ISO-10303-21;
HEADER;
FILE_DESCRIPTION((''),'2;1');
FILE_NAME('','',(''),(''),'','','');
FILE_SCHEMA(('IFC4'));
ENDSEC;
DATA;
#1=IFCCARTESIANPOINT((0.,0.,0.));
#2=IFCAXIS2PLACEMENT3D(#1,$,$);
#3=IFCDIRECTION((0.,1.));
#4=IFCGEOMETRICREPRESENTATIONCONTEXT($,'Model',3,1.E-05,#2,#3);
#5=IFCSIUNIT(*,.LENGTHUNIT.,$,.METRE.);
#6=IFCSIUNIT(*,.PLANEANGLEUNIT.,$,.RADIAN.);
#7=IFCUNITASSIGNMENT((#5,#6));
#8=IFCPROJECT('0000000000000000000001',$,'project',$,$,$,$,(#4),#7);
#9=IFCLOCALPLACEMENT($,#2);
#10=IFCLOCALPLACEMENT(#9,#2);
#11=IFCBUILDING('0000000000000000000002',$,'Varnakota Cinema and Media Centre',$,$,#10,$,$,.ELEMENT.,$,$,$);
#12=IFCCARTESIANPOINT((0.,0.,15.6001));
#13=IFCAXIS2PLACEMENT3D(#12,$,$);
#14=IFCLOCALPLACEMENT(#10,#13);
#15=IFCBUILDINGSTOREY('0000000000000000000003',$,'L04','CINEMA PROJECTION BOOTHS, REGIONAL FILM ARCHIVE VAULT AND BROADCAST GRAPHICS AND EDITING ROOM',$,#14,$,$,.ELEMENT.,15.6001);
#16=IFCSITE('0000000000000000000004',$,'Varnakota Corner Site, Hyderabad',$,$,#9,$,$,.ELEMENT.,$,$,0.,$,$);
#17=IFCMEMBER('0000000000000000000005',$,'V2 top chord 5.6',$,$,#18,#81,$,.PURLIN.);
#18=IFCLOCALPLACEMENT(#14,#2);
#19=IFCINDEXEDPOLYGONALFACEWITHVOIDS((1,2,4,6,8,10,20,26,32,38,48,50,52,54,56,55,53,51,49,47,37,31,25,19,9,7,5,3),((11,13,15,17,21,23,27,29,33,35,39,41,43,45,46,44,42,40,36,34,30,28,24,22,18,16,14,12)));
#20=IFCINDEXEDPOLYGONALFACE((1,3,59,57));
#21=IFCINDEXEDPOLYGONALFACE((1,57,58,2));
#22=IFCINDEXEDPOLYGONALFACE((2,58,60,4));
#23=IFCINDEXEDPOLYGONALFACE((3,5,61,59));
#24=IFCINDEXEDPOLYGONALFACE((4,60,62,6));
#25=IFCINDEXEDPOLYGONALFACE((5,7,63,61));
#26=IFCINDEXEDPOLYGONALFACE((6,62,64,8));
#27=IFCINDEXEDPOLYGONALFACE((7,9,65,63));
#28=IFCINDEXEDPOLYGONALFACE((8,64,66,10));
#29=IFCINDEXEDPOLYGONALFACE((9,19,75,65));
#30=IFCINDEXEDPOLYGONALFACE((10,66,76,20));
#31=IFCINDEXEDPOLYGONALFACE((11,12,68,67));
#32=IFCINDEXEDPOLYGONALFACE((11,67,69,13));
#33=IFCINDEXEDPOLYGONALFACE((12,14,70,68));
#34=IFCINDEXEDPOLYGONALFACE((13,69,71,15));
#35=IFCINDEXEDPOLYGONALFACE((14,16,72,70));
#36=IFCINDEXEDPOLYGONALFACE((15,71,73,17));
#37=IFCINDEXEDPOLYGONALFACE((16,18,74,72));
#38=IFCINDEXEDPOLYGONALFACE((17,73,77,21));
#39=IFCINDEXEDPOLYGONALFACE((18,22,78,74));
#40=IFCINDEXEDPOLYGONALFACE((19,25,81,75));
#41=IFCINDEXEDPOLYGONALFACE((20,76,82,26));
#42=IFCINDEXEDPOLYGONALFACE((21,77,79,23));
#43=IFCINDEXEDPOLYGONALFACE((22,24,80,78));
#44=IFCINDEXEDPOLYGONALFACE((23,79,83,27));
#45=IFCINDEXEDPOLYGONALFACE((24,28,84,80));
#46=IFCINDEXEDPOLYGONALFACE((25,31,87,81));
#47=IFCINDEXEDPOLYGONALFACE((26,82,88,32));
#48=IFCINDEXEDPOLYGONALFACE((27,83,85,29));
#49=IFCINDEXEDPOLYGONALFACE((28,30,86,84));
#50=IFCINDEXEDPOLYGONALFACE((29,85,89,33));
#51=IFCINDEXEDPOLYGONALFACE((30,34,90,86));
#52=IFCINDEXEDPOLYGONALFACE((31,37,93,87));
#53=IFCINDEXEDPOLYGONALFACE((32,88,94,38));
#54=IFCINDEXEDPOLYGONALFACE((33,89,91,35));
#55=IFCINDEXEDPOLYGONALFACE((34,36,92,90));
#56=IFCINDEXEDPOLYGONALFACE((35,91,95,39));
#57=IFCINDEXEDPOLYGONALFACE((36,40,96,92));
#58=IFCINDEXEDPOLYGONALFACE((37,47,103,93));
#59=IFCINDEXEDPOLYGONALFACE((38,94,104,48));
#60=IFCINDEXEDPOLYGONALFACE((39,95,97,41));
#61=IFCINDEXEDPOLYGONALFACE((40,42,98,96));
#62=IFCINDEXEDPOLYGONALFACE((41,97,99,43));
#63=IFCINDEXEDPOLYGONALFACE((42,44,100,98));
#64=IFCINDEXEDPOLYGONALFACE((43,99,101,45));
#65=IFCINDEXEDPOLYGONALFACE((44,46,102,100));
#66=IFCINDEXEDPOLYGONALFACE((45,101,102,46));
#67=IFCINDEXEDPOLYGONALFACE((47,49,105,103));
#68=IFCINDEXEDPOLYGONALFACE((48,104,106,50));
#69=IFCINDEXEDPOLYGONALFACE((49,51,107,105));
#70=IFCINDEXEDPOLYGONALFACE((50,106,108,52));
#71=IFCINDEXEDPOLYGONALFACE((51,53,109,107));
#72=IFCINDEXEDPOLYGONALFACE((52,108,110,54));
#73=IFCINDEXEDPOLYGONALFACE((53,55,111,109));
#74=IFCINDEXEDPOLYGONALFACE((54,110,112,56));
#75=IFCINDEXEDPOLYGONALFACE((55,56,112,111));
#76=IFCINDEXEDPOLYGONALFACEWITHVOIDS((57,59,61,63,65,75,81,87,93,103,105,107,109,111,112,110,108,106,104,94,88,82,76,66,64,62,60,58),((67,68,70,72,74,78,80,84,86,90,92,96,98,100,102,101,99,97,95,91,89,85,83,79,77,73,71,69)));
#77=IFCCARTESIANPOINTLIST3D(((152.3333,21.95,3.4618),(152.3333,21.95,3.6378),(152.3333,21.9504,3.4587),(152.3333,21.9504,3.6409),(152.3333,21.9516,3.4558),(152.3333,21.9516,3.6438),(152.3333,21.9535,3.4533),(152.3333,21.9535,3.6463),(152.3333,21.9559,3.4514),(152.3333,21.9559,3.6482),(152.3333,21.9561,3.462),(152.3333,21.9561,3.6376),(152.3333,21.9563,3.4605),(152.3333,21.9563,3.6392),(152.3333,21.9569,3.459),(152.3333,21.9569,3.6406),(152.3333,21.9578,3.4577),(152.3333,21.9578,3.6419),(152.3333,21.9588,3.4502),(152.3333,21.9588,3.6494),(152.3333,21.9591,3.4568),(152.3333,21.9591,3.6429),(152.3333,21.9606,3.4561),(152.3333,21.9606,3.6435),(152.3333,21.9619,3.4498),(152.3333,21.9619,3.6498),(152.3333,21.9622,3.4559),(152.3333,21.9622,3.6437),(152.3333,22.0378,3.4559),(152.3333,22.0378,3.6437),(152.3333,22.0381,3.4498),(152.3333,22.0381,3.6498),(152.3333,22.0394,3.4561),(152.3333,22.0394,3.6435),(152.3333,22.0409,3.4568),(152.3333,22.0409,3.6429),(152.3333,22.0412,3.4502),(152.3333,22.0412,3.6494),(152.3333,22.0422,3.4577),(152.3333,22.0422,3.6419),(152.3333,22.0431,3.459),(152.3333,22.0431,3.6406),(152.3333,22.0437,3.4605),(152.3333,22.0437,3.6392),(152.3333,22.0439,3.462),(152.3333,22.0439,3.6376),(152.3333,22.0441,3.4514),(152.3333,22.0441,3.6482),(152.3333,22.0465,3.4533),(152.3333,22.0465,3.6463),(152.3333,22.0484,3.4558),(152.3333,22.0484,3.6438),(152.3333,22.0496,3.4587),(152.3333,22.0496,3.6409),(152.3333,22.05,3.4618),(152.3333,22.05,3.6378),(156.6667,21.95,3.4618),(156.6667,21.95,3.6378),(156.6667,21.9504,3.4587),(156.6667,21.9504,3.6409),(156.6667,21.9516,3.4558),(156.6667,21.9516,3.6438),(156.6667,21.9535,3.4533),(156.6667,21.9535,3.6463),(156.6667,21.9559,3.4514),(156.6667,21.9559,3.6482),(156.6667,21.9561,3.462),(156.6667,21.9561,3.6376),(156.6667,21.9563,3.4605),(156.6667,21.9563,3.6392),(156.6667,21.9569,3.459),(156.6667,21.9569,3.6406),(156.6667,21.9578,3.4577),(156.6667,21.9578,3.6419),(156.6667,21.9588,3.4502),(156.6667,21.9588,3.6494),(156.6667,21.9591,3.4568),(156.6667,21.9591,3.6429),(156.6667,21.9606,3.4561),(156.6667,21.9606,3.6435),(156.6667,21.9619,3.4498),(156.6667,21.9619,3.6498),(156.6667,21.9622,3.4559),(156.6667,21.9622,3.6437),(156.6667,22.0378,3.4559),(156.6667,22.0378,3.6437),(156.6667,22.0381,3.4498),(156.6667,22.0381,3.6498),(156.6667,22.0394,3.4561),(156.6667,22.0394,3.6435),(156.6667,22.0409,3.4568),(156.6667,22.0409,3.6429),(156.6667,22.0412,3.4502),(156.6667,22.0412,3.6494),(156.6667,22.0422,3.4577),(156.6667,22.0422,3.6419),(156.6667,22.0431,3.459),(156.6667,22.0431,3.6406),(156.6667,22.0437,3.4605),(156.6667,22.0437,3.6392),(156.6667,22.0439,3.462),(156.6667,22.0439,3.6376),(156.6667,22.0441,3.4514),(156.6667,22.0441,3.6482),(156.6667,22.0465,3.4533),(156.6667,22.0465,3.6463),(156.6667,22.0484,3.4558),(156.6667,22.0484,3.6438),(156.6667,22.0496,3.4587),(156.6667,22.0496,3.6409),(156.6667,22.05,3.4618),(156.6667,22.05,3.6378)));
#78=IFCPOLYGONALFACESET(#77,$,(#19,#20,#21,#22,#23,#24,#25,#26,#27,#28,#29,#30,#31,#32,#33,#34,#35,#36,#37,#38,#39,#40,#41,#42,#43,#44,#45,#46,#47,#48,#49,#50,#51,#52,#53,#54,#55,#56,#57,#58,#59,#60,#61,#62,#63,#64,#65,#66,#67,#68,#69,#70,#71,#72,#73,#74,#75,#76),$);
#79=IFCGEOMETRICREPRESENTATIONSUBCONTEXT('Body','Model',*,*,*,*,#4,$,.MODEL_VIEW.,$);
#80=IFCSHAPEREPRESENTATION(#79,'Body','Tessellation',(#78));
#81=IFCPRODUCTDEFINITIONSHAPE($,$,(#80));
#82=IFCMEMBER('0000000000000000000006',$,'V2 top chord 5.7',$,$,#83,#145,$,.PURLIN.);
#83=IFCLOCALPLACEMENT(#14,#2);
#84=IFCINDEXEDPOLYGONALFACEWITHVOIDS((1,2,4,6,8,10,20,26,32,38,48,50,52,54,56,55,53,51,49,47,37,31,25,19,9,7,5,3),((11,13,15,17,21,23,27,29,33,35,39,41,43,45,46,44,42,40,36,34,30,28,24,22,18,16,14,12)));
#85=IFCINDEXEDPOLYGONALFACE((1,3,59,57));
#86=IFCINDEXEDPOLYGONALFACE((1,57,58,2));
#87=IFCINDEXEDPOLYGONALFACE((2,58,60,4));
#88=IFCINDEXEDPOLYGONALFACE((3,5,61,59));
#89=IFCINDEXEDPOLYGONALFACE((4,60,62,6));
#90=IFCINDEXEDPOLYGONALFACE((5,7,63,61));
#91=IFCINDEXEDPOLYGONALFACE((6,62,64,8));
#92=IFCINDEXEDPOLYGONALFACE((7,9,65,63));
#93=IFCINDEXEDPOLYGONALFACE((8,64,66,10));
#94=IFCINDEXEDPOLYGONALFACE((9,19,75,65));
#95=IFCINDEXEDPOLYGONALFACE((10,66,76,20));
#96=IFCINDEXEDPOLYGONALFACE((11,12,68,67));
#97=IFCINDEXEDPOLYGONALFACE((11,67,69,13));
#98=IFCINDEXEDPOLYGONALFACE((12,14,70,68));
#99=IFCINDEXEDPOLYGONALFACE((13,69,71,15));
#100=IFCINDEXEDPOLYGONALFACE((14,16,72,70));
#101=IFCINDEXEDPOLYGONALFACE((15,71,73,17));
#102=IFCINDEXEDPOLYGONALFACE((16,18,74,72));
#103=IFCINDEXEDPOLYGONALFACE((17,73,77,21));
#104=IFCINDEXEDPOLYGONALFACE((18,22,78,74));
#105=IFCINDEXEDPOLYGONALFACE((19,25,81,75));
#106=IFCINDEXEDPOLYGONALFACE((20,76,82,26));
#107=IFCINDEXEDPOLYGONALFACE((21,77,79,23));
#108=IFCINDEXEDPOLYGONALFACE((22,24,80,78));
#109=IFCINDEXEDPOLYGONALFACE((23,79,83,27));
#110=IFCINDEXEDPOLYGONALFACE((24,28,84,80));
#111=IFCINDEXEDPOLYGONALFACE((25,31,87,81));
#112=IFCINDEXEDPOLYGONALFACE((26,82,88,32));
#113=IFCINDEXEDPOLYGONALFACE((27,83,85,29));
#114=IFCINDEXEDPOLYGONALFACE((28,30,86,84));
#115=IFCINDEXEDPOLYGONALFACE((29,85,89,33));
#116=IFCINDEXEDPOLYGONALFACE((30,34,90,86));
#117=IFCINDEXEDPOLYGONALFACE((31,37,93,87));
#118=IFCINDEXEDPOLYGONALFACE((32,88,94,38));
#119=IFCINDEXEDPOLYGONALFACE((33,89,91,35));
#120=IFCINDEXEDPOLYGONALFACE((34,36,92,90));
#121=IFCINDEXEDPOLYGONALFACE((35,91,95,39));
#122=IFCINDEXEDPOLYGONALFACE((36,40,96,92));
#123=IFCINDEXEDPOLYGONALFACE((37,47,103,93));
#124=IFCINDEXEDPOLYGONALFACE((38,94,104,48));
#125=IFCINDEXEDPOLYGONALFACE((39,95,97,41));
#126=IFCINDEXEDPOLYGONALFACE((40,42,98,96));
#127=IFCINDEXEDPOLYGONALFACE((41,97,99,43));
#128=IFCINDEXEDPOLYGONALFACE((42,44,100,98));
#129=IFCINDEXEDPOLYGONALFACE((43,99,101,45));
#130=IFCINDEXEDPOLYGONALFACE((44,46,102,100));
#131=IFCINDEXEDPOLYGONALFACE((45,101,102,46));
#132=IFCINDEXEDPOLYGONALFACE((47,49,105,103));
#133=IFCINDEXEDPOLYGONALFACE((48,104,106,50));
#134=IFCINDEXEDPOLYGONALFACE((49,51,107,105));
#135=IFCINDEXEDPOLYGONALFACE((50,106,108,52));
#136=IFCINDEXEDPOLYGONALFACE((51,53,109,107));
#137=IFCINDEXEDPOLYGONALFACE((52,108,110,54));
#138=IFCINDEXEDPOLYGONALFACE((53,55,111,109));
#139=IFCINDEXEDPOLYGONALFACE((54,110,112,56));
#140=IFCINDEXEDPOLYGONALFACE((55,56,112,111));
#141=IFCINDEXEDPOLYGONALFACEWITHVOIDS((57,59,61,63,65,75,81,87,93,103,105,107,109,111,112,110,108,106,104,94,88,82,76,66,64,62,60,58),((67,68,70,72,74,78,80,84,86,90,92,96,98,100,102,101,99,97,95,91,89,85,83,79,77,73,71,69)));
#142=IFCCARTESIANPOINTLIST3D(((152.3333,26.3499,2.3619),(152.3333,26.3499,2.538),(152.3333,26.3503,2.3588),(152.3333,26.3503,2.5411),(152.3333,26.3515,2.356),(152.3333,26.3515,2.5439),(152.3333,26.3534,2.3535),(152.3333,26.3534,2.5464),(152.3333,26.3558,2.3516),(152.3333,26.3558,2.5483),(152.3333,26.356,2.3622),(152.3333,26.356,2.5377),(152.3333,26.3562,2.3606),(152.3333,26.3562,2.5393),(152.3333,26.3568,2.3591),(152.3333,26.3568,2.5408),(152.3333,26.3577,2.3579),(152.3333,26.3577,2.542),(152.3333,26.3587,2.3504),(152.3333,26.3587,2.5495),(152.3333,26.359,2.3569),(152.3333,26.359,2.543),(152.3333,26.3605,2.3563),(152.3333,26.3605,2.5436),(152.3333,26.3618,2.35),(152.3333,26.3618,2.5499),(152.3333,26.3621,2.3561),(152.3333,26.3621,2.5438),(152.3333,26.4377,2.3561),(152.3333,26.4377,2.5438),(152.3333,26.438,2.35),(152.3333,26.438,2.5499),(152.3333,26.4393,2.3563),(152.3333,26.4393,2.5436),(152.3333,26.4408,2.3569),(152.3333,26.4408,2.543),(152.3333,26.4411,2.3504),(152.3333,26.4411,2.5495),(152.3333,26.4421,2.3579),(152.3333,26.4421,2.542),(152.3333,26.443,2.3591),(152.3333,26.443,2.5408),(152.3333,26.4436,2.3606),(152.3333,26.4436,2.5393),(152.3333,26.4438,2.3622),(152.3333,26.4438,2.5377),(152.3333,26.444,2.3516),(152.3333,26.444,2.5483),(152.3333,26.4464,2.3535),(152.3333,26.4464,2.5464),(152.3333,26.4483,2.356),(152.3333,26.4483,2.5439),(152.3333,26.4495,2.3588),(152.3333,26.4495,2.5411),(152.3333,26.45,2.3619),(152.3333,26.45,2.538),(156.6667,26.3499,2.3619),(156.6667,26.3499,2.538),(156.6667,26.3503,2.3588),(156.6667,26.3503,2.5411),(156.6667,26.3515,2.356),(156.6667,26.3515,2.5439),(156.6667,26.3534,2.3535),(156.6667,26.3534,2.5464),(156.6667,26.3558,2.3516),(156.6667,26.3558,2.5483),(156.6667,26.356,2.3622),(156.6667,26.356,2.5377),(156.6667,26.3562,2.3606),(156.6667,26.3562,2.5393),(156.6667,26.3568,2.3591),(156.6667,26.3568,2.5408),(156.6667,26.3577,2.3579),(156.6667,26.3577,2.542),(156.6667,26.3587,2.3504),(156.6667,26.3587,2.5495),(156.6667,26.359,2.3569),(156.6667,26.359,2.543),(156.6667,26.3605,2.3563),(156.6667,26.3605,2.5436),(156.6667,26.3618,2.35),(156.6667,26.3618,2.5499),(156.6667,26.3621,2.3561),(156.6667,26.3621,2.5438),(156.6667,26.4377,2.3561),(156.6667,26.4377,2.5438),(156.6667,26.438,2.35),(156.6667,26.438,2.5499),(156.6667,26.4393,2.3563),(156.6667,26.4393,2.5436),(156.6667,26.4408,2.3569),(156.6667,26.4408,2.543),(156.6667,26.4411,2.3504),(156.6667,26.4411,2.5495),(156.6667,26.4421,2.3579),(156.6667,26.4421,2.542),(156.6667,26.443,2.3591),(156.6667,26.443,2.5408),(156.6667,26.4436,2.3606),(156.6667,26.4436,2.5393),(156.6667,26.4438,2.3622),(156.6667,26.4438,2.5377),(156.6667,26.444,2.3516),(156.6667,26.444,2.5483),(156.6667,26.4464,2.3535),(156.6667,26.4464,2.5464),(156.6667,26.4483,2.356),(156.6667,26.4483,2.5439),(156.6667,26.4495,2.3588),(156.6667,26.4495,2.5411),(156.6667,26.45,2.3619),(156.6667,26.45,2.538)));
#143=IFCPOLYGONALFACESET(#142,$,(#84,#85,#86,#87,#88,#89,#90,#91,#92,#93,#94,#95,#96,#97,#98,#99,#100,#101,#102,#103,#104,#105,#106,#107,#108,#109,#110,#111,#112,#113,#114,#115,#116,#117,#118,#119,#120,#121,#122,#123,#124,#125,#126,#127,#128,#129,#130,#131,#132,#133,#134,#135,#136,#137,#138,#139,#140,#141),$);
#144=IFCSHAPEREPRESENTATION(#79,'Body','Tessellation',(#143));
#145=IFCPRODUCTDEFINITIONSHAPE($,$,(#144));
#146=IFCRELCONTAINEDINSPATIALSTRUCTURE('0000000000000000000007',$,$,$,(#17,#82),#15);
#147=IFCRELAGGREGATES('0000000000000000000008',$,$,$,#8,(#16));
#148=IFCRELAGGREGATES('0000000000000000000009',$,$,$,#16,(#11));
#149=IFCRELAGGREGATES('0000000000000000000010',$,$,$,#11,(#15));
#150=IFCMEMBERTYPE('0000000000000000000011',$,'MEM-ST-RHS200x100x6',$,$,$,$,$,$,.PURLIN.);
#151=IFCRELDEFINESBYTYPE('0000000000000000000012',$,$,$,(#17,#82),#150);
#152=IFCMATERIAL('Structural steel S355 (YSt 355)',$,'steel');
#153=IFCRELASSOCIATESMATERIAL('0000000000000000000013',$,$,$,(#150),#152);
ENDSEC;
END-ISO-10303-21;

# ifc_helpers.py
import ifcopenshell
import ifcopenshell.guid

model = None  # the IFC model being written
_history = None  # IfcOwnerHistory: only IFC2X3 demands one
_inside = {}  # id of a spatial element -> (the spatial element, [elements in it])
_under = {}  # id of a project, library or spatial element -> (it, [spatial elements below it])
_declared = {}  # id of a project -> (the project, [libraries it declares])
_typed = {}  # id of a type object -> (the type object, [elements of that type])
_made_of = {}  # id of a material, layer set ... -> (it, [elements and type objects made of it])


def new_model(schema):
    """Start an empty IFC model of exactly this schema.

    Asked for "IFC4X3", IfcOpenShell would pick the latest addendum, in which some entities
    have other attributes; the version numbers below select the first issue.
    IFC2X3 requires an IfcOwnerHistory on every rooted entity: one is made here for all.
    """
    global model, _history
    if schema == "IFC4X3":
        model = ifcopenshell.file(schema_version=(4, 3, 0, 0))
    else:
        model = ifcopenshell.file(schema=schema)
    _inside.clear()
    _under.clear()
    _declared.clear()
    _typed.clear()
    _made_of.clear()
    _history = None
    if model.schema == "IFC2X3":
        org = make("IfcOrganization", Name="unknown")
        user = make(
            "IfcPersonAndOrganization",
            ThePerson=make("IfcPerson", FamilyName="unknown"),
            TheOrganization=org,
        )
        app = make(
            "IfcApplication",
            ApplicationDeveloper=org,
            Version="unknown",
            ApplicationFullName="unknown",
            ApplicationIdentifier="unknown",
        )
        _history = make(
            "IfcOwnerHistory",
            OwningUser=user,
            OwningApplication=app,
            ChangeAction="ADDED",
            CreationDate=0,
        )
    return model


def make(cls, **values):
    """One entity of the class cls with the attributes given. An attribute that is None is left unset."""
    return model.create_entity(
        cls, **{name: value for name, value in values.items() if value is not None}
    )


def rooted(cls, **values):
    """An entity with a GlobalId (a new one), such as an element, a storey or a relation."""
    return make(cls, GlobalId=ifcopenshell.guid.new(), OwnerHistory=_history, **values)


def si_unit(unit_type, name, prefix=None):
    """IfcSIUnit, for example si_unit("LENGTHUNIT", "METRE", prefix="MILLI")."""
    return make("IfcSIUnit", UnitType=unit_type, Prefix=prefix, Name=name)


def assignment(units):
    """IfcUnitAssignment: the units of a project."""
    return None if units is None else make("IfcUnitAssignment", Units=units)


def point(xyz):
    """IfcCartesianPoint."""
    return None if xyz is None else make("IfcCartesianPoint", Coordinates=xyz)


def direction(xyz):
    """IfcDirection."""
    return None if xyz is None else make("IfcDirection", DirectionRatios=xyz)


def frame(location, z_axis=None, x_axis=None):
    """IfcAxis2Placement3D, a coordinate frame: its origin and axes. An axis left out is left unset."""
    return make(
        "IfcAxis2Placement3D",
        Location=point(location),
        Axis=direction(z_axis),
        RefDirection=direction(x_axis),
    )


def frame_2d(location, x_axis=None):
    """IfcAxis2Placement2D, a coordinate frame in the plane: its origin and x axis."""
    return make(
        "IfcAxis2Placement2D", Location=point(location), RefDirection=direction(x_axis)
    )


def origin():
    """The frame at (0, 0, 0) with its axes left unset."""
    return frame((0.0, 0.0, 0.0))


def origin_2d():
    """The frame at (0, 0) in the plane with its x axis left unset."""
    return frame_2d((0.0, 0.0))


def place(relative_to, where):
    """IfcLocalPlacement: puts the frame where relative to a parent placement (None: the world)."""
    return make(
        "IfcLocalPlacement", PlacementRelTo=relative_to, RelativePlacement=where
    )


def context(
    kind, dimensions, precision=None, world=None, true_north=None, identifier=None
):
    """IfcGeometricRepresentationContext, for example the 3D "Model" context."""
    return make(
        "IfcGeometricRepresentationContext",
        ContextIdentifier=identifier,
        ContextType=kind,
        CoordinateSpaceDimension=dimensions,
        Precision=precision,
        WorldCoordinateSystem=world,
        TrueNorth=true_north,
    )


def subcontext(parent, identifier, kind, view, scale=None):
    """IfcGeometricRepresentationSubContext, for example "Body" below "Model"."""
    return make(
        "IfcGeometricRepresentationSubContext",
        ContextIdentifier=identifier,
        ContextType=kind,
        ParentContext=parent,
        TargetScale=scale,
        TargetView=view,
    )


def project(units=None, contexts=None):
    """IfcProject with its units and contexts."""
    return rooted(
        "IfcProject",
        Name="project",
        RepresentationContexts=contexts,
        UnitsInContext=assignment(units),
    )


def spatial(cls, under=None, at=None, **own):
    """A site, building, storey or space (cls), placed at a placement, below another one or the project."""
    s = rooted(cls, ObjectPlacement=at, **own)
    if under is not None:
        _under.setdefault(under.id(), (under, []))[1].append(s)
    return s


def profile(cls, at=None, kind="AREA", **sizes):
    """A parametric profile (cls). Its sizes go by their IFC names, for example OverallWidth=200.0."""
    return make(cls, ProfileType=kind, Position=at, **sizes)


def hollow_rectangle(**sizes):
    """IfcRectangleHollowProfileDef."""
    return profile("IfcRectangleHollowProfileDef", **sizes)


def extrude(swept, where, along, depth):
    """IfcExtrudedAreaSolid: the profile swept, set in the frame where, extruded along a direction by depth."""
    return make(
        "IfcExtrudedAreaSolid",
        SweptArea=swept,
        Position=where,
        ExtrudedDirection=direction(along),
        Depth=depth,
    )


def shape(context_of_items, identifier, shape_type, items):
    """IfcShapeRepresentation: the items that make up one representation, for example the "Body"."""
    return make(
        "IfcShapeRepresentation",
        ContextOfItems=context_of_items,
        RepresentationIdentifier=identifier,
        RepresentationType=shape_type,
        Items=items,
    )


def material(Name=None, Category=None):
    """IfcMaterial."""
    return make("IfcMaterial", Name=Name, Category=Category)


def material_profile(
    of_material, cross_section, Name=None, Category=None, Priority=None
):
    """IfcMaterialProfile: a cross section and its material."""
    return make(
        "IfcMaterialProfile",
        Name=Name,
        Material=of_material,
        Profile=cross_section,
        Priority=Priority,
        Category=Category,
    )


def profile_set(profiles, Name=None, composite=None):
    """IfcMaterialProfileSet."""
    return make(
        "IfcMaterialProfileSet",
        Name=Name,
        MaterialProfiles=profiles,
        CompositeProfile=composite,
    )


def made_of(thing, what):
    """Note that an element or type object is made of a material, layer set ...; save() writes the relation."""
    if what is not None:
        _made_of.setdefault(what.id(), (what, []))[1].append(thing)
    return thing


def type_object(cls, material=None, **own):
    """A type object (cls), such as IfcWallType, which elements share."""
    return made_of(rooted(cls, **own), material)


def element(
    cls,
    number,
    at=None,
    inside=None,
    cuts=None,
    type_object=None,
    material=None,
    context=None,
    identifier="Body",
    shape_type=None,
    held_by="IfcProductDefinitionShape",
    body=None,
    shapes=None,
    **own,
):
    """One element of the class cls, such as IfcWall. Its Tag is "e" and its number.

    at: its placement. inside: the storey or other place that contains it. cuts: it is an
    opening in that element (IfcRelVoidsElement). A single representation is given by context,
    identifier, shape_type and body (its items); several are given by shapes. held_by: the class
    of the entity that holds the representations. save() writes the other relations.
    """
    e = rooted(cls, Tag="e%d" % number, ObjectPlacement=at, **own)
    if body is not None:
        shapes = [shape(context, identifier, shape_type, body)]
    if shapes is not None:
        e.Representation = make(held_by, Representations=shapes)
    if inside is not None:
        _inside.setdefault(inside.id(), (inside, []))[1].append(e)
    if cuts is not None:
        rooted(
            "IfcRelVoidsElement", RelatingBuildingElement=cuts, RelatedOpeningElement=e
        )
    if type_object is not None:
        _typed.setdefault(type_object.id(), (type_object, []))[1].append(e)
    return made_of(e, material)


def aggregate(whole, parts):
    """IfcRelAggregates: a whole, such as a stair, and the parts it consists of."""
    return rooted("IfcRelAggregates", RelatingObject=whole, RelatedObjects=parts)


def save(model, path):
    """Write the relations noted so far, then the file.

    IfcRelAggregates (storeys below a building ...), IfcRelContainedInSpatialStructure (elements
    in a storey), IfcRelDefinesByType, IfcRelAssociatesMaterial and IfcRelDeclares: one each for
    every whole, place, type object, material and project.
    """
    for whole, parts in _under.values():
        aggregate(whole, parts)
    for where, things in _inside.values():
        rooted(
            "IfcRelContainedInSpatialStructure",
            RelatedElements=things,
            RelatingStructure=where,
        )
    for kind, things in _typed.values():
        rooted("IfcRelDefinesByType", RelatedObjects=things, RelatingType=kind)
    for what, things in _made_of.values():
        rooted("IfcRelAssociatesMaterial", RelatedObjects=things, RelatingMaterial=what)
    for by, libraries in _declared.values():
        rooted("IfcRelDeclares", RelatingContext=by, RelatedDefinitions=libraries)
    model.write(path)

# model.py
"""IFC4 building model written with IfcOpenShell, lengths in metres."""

from ifc_helpers import new_model, si_unit, direction, frame, origin, origin_2d, place, context, subcontext, project, spatial, hollow_rectangle, extrude, material, material_profile, profile_set, type_object, element, save


model = new_model("IFC4")

# Units and contexts
model_context = context("Model", 3, precision=1e-05, world=origin(), true_north=direction((0.0, 1.0)))
body_context = subcontext(model_context, "Body", "Model", "MODEL_VIEW")
ifc_project = project(units=[si_unit("LENGTHUNIT", "METRE"), si_unit("PLANEANGLEUNIT", "RADIAN")], contexts=[model_context])

# Site, building, storey
site_placement = place(None, origin())
site = spatial("IfcSite", under=ifc_project, at=site_placement, Name="Varnakota Corner Site, Hyderabad", CompositionType="ELEMENT", RefElevation=0.0)
building_placement = place(site_placement, origin())
building = spatial("IfcBuilding", under=site, at=building_placement, Name="Varnakota Cinema and Media Centre", CompositionType="ELEMENT")
storey_placement = place(building_placement, frame((0.0, 0.0, 15.6001)))
storey = spatial("IfcBuildingStorey", under=building, at=storey_placement, Name="L04", Description="CINEMA PROJECTION BOOTHS, REGIONAL FILM ARCHIVE VAULT AND BROADCAST GRAPHICS AND EDITING ROOM", CompositionType="ELEMENT", Elevation=15.6001)

# Members
ifc_material_1 = material(Name="Structural steel S355 (YSt 355)", Category="steel")
ifc_material_profile_1 = material_profile(ifc_material_1, hollow_rectangle(XDim=0.1001, YDim=0.2, WallThickness=0.0061, InnerFilletRadius=0.0061, OuterFilletRadius=0.012, at=origin_2d()), Name="RHS 200x100x6")
ifc_profile_set_1 = profile_set([ifc_material_profile_1], Name="Structural steel S355 (YSt 355)")
member_type_1 = type_object("IfcMemberType", Name="MEM-ST-RHS200x100x6", PredefinedType="PURLIN", material=ifc_profile_set_1)
for number, where, z_axis, x_axis, name in (
    (1, (152.3333, 22.0, 3.5498), (1.0, 0.0, 0.0), (0.0, 1.0, 0.0), "V2 top chord 5.6"),
    (2, (152.3333, 26.3999, 2.45), (1.0, 0.0, 0.0), (0.0, 1.0, 0.0), "V2 top chord 5.7"),
):
    element("IfcMember", number, at=place(storey_placement, frame(where, z_axis=z_axis, x_axis=x_axis)), inside=storey, type_object=member_type_1, Name=name, PredefinedType="PURLIN", context=body_context, shape_type="SweptSolid", body=[
        extrude(hollow_rectangle(XDim=0.1001, YDim=0.2, WallThickness=0.0061, InnerFilletRadius=0.0061, OuterFilletRadius=0.012, at=origin_2d()), origin(), (0.0, 0.0, 1.0), 4.3335),
    ])

save(model, "model.ifc")
